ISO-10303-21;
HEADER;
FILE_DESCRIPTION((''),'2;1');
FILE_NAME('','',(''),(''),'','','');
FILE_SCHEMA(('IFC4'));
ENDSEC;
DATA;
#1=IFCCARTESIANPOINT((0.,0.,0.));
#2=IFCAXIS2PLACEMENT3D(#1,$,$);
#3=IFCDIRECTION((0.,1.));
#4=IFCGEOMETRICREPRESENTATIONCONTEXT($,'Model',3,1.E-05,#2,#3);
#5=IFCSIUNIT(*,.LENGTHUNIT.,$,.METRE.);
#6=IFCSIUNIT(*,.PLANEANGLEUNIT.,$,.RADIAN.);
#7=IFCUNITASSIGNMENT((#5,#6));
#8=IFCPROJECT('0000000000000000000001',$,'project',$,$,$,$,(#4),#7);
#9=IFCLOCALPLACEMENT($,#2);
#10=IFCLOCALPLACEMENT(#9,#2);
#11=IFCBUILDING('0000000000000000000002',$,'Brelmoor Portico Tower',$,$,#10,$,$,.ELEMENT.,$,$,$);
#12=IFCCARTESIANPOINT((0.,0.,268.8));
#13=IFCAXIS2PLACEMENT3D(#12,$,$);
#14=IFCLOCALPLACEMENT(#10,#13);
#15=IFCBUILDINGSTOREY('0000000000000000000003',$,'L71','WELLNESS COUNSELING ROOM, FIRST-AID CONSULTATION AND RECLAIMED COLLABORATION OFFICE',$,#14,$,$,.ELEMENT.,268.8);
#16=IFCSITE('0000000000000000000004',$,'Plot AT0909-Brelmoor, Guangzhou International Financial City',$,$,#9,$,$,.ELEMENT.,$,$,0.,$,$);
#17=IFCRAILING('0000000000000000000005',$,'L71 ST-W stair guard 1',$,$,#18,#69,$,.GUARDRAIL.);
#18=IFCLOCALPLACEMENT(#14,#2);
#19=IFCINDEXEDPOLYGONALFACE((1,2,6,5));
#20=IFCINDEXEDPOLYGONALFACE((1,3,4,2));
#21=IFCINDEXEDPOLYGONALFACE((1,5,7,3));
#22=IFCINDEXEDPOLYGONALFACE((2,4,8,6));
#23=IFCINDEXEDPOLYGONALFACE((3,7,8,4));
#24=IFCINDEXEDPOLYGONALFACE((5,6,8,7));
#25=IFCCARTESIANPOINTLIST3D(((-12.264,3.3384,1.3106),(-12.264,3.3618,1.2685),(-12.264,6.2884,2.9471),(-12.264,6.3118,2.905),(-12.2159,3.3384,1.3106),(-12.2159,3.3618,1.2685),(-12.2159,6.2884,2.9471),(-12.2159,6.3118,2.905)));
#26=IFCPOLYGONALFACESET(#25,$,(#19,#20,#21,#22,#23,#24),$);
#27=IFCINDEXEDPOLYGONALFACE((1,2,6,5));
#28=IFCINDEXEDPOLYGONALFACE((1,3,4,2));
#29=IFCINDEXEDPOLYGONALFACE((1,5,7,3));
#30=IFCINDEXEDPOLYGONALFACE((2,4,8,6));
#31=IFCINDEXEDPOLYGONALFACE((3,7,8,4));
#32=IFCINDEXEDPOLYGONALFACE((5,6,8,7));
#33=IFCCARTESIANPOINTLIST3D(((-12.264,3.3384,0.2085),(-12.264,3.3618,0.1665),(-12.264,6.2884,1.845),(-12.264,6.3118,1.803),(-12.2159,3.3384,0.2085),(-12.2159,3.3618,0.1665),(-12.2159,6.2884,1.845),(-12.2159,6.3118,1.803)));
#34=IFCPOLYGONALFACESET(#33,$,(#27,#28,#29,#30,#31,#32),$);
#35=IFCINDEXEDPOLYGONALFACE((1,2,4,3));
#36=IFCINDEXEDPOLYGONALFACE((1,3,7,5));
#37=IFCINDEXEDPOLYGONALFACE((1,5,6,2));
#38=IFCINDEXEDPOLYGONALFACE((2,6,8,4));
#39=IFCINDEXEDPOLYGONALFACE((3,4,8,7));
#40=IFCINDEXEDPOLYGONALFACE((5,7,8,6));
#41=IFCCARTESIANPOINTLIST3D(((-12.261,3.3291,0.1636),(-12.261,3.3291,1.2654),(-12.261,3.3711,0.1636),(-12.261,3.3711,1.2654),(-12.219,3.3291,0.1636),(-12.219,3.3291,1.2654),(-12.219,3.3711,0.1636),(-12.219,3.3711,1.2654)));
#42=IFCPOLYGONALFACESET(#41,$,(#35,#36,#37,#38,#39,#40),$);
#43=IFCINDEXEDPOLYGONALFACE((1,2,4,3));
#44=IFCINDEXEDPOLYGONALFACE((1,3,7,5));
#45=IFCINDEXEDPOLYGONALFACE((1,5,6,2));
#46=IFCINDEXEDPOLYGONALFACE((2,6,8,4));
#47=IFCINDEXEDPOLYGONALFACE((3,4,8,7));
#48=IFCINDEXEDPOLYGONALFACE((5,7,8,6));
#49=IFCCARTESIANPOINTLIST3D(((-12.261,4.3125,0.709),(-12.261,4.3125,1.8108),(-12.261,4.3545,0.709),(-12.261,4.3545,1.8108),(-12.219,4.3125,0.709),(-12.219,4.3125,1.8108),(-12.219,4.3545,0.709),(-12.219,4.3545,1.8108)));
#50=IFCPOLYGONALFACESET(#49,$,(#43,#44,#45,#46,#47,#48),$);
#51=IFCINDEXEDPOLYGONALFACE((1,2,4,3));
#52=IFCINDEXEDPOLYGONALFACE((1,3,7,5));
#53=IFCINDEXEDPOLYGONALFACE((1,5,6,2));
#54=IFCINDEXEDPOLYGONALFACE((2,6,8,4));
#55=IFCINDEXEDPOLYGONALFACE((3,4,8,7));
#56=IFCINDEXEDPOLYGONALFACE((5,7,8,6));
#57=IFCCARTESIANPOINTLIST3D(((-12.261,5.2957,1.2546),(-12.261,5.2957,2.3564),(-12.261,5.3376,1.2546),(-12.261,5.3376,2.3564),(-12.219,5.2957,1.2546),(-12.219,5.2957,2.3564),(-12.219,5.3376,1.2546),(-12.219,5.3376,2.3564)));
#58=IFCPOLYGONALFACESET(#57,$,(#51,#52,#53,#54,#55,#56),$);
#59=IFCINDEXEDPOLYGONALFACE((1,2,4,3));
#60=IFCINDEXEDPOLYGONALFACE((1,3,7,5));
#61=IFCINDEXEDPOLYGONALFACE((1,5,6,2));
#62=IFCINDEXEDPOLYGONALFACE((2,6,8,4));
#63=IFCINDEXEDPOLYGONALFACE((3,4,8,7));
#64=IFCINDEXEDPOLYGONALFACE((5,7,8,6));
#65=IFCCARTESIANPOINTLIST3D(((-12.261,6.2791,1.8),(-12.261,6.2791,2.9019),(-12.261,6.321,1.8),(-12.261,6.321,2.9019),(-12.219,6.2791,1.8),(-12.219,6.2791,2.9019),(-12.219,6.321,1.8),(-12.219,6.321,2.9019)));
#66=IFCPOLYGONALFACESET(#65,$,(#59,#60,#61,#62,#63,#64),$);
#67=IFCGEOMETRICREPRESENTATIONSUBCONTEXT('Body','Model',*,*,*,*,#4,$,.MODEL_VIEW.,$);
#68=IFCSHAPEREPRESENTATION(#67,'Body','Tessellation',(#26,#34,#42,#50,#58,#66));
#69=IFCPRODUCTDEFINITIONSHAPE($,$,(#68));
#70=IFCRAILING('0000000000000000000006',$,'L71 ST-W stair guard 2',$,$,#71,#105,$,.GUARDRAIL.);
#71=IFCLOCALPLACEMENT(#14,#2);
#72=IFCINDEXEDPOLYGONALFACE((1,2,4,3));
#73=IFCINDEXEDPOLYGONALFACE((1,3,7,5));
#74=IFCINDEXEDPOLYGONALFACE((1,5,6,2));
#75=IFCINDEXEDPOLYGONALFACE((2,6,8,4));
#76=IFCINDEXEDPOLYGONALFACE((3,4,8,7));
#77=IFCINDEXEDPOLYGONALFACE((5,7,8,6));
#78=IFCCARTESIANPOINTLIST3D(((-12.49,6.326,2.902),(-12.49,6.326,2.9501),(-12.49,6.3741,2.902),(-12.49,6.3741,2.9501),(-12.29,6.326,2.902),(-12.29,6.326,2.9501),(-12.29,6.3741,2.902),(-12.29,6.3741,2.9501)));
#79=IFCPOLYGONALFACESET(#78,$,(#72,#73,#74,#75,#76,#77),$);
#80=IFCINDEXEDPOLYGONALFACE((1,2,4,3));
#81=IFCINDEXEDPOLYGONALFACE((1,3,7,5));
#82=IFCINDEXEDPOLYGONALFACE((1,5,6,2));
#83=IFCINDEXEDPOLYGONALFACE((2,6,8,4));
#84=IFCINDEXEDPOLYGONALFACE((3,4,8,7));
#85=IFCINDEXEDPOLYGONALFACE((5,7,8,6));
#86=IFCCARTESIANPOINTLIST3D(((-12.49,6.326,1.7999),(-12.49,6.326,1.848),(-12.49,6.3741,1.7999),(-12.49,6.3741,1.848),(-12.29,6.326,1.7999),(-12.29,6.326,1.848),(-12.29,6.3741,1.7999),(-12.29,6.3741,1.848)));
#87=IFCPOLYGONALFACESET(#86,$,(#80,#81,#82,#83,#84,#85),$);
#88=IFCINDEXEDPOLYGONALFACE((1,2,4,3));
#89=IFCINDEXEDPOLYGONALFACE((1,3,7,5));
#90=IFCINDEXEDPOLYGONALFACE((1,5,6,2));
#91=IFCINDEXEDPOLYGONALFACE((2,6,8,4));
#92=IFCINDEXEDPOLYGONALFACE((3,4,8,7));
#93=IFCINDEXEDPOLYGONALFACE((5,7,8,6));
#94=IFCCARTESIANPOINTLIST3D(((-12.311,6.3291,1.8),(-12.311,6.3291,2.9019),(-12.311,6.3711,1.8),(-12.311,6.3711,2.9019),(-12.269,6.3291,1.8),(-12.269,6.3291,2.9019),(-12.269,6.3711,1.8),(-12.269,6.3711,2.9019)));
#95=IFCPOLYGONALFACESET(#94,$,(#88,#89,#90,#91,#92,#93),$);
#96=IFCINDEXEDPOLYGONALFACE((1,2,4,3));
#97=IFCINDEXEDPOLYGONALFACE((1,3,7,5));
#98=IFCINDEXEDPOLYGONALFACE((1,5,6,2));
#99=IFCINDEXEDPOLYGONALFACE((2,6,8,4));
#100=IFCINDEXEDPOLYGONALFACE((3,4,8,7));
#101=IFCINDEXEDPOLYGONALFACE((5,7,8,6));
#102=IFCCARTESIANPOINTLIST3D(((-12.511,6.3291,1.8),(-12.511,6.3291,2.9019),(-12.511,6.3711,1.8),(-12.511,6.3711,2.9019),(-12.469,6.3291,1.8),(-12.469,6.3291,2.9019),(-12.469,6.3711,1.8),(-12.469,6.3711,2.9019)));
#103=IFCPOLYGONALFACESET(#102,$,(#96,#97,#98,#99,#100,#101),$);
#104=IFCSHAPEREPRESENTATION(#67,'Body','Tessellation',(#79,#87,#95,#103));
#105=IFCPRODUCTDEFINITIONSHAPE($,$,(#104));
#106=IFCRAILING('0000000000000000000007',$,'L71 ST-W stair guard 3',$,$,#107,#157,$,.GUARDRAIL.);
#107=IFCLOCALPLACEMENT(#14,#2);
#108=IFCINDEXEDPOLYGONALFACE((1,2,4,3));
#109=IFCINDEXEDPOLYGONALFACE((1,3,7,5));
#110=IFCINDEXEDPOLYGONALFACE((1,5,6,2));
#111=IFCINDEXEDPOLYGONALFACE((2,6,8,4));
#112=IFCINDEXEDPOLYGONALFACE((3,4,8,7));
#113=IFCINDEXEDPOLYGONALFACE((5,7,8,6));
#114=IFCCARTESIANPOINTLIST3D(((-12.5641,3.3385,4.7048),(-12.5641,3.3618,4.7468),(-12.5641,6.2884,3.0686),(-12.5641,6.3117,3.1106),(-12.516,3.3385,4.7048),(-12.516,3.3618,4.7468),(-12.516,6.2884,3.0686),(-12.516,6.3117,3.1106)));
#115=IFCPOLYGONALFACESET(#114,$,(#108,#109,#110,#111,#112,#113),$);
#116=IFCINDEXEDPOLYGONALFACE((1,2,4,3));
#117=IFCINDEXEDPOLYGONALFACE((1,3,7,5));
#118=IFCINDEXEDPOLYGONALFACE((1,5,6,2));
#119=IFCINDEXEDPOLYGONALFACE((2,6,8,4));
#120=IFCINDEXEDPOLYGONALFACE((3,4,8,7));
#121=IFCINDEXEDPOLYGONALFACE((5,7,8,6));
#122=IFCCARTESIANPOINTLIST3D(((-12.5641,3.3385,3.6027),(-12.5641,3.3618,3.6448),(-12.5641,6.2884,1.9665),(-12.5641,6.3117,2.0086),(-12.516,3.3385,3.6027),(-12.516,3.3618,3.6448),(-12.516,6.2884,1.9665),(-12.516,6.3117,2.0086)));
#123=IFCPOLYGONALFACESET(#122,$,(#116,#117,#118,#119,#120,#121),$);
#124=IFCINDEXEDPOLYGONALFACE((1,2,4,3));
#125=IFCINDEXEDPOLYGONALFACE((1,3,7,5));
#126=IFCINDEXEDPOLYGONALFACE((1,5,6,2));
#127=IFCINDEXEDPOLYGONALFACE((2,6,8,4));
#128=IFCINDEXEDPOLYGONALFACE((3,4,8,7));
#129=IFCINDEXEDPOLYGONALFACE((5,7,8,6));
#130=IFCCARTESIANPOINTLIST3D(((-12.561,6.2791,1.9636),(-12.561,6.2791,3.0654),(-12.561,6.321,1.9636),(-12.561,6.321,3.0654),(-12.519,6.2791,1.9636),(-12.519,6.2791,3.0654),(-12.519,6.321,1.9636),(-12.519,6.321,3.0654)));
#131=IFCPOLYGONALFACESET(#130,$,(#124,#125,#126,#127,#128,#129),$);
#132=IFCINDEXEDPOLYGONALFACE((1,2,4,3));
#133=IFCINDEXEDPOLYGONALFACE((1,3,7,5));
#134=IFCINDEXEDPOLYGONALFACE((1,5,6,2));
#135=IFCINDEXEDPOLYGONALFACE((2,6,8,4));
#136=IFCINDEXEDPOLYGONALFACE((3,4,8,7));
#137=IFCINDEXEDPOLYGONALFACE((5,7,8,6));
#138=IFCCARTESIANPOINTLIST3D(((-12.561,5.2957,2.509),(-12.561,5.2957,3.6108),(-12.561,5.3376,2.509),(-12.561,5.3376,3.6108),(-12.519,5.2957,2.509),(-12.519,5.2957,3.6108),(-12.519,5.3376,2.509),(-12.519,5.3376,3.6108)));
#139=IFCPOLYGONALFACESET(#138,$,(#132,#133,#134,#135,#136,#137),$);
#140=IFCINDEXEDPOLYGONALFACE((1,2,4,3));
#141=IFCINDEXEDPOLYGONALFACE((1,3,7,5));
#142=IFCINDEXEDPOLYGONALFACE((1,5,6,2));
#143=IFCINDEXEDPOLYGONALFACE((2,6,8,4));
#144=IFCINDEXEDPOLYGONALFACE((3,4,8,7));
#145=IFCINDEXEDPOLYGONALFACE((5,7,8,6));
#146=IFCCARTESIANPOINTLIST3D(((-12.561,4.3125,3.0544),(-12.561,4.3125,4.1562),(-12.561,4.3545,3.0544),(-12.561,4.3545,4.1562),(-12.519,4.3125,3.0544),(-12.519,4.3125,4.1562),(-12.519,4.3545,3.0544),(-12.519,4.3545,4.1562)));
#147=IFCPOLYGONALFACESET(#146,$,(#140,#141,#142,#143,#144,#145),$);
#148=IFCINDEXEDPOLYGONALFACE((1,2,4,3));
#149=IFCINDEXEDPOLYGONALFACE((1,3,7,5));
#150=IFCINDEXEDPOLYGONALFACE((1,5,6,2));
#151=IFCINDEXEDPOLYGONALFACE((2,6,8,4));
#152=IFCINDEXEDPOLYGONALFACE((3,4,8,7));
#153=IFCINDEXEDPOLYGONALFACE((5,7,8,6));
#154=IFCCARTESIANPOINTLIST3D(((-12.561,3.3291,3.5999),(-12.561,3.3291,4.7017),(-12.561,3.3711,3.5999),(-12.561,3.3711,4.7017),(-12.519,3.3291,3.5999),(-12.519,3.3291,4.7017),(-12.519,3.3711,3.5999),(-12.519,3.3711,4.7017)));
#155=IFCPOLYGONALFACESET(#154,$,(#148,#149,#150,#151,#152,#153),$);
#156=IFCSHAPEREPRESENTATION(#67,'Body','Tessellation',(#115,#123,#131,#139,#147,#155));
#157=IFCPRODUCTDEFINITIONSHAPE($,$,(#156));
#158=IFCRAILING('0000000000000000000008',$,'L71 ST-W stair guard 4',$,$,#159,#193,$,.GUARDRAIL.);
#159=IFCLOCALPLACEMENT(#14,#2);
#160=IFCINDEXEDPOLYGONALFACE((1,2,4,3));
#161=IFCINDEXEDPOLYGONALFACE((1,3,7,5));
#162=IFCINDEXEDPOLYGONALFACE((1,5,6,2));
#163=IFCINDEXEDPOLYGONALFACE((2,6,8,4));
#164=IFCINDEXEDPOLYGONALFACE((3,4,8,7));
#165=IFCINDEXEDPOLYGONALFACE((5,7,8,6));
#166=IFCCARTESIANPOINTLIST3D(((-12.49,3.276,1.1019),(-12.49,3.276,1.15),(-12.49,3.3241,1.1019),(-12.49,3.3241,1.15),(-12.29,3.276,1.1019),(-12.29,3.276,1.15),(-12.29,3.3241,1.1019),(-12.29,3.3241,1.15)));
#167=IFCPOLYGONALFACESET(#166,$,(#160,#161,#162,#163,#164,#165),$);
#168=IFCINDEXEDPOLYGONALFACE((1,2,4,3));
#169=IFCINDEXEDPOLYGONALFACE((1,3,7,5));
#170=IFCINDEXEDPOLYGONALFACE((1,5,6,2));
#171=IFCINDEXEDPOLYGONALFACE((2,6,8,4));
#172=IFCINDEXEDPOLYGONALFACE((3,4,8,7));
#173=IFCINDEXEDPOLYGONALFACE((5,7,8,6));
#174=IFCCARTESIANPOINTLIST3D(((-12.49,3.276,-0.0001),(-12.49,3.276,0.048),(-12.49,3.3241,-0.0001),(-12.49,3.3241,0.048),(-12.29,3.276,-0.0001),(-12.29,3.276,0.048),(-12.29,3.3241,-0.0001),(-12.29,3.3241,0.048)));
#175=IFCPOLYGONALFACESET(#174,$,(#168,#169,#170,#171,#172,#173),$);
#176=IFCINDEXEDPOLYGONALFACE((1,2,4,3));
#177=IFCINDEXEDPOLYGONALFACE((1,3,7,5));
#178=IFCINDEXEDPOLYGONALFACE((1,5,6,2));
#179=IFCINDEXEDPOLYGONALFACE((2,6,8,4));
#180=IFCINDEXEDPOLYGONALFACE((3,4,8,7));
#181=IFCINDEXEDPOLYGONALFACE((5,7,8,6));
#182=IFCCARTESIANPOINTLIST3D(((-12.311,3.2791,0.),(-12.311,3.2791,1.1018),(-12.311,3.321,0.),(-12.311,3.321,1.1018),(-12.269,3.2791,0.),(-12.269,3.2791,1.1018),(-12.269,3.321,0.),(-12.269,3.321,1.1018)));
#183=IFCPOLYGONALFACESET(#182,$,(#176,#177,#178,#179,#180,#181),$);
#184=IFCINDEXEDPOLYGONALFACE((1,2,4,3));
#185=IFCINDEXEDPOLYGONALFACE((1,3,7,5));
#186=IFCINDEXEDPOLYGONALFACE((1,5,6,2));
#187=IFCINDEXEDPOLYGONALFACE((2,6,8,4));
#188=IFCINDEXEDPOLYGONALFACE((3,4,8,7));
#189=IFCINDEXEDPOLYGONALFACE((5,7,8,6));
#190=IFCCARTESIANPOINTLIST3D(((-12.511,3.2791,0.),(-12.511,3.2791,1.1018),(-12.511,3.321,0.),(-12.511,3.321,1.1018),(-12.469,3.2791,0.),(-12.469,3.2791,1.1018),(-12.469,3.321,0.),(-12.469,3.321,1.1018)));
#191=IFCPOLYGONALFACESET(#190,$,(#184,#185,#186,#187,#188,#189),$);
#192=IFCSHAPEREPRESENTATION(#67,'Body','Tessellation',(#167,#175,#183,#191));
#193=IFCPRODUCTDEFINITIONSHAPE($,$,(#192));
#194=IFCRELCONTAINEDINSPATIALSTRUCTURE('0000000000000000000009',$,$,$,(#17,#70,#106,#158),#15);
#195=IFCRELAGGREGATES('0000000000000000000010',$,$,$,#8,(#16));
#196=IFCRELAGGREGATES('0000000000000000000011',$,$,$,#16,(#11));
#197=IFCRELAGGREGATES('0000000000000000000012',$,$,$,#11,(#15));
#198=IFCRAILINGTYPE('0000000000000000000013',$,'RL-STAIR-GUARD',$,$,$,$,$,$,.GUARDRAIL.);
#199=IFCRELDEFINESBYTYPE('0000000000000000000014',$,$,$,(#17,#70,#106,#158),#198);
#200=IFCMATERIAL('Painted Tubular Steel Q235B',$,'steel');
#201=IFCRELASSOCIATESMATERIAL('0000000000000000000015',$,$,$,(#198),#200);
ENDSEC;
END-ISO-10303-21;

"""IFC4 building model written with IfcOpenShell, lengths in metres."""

from ifc_helpers import new_model, si_unit, direction, frame, origin, origin_2d, place, context, subcontext, project, spatial, rectangle, extrude, material, type_object, element, save


model = new_model("IFC4")

# Units and contexts
model_context = context("Model", 3, precision=1e-05, world=origin(), true_north=direction((0.0, 1.0)))
body_context = subcontext(model_context, "Body", "Model", "MODEL_VIEW")
ifc_project = project(units=[si_unit("LENGTHUNIT", "METRE"), si_unit("PLANEANGLEUNIT", "RADIAN")], contexts=[model_context])

# Site, building, storey
site_placement = place(None, origin())
site = spatial("IfcSite", under=ifc_project, at=site_placement, Name="Plot AT0909-Brelmoor, Guangzhou International Financial City", CompositionType="ELEMENT", RefElevation=0.0)
building_placement = place(site_placement, origin())
building = spatial("IfcBuilding", under=site, at=building_placement, Name="Brelmoor Portico Tower", CompositionType="ELEMENT")
storey_placement = place(building_placement, frame((0.0, 0.0, 268.8)))
storey = spatial("IfcBuildingStorey", under=building, at=storey_placement, Name="L71", Description="WELLNESS COUNSELING ROOM, FIRST-AID CONSULTATION AND RECLAIMED COLLABORATION OFFICE", CompositionType="ELEMENT", Elevation=268.8)

# Railings
ifc_material_1 = material(Name="Painted Tubular Steel Q235B", Category="steel")
railing_type_1 = type_object("IfcRailingType", Name="RL-STAIR-GUARD", PredefinedType="GUARDRAIL", material=ifc_material_1)
railing_1_placement = place(storey_placement, frame((-12.24, 3.3501, 0.1636)))
element("IfcRailing", 1, at=railing_1_placement, inside=storey, type_object=railing_type_1, Name="L71 ST-W stair guard 1", PredefinedType="GUARDRAIL", context=body_context, shape_type="SweptSolid", body=[
    extrude(rectangle(XDim=0.0481, YDim=0.0481, at=origin_2d()), frame((0.0, 0.0, 1.126), z_axis=(0.0, 0.874458, 0.485102), x_axis=(-1.0, 0.0, 0.0)), (0.0, 0.0, 1.0), 3.3735),
    extrude(rectangle(XDim=0.0481, YDim=0.0481, at=origin_2d()), frame((0.0, 0.0, 0.0239), z_axis=(0.0, 0.874458, 0.485102), x_axis=(-1.0, 0.0, 0.0)), (0.0, 0.0, 1.0), 3.3735),
    extrude(rectangle(XDim=0.042, YDim=0.042, at=origin_2d()), origin(), (0.0, 0.0, 1.0), 1.1018),
    extrude(rectangle(XDim=0.042, YDim=0.042, at=origin_2d()), frame((0.0, 0.9834, 0.5454)), (0.0, 0.0, 1.0), 1.1018),
    extrude(rectangle(XDim=0.042, YDim=0.042, at=origin_2d()), frame((0.0, 1.9666, 1.0911)), (0.0, 0.0, 1.0), 1.1018),
    extrude(rectangle(XDim=0.042, YDim=0.042, at=origin_2d()), frame((0.0, 2.95, 1.6365)), (0.0, 0.0, 1.0), 1.1018),
])
railing_2_placement = place(storey_placement, frame((-12.29, 6.3501, 1.8)))
element("IfcRailing", 2, at=railing_2_placement, inside=storey, type_object=railing_type_1, Name="L71 ST-W stair guard 2", PredefinedType="GUARDRAIL", context=body_context, shape_type="SweptSolid", body=[
    extrude(rectangle(XDim=0.0481, YDim=0.0481, at=origin_2d()), frame((0.0, 0.0, 1.126), z_axis=(-1.0, 0.0, 0.0), x_axis=(0.0, -1.0, 0.0)), (0.0, 0.0, 1.0), 0.2),
    extrude(rectangle(XDim=0.0481, YDim=0.0481, at=origin_2d()), frame((0.0, 0.0, 0.0239), z_axis=(-1.0, 0.0, 0.0), x_axis=(0.0, -1.0, 0.0)), (0.0, 0.0, 1.0), 0.2),
    extrude(rectangle(XDim=0.042, YDim=0.042, at=origin_2d()), origin(), (0.0, 0.0, 1.0), 1.1018),
    extrude(rectangle(XDim=0.042, YDim=0.042, at=origin_2d()), frame((-0.2, 0.0, 0.0)), (0.0, 0.0, 1.0), 1.1018),
])
railing_3_placement = place(storey_placement, frame((-12.54, 6.3, 1.9636)))
element("IfcRailing", 3, at=railing_3_placement, inside=storey, type_object=railing_type_1, Name="L71 ST-W stair guard 3", PredefinedType="GUARDRAIL", context=body_context, shape_type="SweptSolid", body=[
    extrude(rectangle(XDim=0.0481, YDim=0.0481, at=origin_2d()), frame((0.0, 0.0, 1.126), z_axis=(0.0, -0.874488, 0.485047), x_axis=(1.0, 0.0, 0.0)), (0.0, 0.0, 1.0), 3.3733),
    extrude(rectangle(XDim=0.0481, YDim=0.0481, at=origin_2d()), frame((0.0, 0.0, 0.0239), z_axis=(0.0, -0.874488, 0.485047), x_axis=(1.0, 0.0, 0.0)), (0.0, 0.0, 1.0), 3.3733),
    extrude(rectangle(XDim=0.042, YDim=0.042, at=origin_2d()), origin(), (0.0, 0.0, 1.0), 1.1018),
    extrude(rectangle(XDim=0.042, YDim=0.042, at=origin_2d()), frame((0.0, -0.9834, 0.5454)), (0.0, 0.0, 1.0), 1.1018),
    extrude(rectangle(XDim=0.042, YDim=0.042, at=origin_2d()), frame((0.0, -1.9666, 1.0908)), (0.0, 0.0, 1.0), 1.1018),
    extrude(rectangle(XDim=0.042, YDim=0.042, at=origin_2d()), frame((0.0, -2.95, 1.6362)), (0.0, 0.0, 1.0), 1.1018),
])
railing_4_placement = place(storey_placement, frame((-12.29, 3.3, 0.0)))
element("IfcRailing", 4, at=railing_4_placement, inside=storey, type_object=railing_type_1, Name="L71 ST-W stair guard 4", PredefinedType="GUARDRAIL", context=body_context, shape_type="SweptSolid", body=[
    extrude(rectangle(XDim=0.0481, YDim=0.0481, at=origin_2d()), frame((0.0, 0.0, 1.126), z_axis=(-1.0, 0.0, 0.0), x_axis=(0.0, -1.0, 0.0)), (0.0, 0.0, 1.0), 0.2),
    extrude(rectangle(XDim=0.0481, YDim=0.0481, at=origin_2d()), frame((0.0, 0.0, 0.0239), z_axis=(-1.0, 0.0, 0.0), x_axis=(0.0, -1.0, 0.0)), (0.0, 0.0, 1.0), 0.2),
    extrude(rectangle(XDim=0.042, YDim=0.042, at=origin_2d()), origin(), (0.0, 0.0, 1.0), 1.1018),
    extrude(rectangle(XDim=0.042, YDim=0.042, at=origin_2d()), frame((-0.2, 0.0, 0.0)), (0.0, 0.0, 1.0), 1.1018),
])

save(model, "model.ifc")
